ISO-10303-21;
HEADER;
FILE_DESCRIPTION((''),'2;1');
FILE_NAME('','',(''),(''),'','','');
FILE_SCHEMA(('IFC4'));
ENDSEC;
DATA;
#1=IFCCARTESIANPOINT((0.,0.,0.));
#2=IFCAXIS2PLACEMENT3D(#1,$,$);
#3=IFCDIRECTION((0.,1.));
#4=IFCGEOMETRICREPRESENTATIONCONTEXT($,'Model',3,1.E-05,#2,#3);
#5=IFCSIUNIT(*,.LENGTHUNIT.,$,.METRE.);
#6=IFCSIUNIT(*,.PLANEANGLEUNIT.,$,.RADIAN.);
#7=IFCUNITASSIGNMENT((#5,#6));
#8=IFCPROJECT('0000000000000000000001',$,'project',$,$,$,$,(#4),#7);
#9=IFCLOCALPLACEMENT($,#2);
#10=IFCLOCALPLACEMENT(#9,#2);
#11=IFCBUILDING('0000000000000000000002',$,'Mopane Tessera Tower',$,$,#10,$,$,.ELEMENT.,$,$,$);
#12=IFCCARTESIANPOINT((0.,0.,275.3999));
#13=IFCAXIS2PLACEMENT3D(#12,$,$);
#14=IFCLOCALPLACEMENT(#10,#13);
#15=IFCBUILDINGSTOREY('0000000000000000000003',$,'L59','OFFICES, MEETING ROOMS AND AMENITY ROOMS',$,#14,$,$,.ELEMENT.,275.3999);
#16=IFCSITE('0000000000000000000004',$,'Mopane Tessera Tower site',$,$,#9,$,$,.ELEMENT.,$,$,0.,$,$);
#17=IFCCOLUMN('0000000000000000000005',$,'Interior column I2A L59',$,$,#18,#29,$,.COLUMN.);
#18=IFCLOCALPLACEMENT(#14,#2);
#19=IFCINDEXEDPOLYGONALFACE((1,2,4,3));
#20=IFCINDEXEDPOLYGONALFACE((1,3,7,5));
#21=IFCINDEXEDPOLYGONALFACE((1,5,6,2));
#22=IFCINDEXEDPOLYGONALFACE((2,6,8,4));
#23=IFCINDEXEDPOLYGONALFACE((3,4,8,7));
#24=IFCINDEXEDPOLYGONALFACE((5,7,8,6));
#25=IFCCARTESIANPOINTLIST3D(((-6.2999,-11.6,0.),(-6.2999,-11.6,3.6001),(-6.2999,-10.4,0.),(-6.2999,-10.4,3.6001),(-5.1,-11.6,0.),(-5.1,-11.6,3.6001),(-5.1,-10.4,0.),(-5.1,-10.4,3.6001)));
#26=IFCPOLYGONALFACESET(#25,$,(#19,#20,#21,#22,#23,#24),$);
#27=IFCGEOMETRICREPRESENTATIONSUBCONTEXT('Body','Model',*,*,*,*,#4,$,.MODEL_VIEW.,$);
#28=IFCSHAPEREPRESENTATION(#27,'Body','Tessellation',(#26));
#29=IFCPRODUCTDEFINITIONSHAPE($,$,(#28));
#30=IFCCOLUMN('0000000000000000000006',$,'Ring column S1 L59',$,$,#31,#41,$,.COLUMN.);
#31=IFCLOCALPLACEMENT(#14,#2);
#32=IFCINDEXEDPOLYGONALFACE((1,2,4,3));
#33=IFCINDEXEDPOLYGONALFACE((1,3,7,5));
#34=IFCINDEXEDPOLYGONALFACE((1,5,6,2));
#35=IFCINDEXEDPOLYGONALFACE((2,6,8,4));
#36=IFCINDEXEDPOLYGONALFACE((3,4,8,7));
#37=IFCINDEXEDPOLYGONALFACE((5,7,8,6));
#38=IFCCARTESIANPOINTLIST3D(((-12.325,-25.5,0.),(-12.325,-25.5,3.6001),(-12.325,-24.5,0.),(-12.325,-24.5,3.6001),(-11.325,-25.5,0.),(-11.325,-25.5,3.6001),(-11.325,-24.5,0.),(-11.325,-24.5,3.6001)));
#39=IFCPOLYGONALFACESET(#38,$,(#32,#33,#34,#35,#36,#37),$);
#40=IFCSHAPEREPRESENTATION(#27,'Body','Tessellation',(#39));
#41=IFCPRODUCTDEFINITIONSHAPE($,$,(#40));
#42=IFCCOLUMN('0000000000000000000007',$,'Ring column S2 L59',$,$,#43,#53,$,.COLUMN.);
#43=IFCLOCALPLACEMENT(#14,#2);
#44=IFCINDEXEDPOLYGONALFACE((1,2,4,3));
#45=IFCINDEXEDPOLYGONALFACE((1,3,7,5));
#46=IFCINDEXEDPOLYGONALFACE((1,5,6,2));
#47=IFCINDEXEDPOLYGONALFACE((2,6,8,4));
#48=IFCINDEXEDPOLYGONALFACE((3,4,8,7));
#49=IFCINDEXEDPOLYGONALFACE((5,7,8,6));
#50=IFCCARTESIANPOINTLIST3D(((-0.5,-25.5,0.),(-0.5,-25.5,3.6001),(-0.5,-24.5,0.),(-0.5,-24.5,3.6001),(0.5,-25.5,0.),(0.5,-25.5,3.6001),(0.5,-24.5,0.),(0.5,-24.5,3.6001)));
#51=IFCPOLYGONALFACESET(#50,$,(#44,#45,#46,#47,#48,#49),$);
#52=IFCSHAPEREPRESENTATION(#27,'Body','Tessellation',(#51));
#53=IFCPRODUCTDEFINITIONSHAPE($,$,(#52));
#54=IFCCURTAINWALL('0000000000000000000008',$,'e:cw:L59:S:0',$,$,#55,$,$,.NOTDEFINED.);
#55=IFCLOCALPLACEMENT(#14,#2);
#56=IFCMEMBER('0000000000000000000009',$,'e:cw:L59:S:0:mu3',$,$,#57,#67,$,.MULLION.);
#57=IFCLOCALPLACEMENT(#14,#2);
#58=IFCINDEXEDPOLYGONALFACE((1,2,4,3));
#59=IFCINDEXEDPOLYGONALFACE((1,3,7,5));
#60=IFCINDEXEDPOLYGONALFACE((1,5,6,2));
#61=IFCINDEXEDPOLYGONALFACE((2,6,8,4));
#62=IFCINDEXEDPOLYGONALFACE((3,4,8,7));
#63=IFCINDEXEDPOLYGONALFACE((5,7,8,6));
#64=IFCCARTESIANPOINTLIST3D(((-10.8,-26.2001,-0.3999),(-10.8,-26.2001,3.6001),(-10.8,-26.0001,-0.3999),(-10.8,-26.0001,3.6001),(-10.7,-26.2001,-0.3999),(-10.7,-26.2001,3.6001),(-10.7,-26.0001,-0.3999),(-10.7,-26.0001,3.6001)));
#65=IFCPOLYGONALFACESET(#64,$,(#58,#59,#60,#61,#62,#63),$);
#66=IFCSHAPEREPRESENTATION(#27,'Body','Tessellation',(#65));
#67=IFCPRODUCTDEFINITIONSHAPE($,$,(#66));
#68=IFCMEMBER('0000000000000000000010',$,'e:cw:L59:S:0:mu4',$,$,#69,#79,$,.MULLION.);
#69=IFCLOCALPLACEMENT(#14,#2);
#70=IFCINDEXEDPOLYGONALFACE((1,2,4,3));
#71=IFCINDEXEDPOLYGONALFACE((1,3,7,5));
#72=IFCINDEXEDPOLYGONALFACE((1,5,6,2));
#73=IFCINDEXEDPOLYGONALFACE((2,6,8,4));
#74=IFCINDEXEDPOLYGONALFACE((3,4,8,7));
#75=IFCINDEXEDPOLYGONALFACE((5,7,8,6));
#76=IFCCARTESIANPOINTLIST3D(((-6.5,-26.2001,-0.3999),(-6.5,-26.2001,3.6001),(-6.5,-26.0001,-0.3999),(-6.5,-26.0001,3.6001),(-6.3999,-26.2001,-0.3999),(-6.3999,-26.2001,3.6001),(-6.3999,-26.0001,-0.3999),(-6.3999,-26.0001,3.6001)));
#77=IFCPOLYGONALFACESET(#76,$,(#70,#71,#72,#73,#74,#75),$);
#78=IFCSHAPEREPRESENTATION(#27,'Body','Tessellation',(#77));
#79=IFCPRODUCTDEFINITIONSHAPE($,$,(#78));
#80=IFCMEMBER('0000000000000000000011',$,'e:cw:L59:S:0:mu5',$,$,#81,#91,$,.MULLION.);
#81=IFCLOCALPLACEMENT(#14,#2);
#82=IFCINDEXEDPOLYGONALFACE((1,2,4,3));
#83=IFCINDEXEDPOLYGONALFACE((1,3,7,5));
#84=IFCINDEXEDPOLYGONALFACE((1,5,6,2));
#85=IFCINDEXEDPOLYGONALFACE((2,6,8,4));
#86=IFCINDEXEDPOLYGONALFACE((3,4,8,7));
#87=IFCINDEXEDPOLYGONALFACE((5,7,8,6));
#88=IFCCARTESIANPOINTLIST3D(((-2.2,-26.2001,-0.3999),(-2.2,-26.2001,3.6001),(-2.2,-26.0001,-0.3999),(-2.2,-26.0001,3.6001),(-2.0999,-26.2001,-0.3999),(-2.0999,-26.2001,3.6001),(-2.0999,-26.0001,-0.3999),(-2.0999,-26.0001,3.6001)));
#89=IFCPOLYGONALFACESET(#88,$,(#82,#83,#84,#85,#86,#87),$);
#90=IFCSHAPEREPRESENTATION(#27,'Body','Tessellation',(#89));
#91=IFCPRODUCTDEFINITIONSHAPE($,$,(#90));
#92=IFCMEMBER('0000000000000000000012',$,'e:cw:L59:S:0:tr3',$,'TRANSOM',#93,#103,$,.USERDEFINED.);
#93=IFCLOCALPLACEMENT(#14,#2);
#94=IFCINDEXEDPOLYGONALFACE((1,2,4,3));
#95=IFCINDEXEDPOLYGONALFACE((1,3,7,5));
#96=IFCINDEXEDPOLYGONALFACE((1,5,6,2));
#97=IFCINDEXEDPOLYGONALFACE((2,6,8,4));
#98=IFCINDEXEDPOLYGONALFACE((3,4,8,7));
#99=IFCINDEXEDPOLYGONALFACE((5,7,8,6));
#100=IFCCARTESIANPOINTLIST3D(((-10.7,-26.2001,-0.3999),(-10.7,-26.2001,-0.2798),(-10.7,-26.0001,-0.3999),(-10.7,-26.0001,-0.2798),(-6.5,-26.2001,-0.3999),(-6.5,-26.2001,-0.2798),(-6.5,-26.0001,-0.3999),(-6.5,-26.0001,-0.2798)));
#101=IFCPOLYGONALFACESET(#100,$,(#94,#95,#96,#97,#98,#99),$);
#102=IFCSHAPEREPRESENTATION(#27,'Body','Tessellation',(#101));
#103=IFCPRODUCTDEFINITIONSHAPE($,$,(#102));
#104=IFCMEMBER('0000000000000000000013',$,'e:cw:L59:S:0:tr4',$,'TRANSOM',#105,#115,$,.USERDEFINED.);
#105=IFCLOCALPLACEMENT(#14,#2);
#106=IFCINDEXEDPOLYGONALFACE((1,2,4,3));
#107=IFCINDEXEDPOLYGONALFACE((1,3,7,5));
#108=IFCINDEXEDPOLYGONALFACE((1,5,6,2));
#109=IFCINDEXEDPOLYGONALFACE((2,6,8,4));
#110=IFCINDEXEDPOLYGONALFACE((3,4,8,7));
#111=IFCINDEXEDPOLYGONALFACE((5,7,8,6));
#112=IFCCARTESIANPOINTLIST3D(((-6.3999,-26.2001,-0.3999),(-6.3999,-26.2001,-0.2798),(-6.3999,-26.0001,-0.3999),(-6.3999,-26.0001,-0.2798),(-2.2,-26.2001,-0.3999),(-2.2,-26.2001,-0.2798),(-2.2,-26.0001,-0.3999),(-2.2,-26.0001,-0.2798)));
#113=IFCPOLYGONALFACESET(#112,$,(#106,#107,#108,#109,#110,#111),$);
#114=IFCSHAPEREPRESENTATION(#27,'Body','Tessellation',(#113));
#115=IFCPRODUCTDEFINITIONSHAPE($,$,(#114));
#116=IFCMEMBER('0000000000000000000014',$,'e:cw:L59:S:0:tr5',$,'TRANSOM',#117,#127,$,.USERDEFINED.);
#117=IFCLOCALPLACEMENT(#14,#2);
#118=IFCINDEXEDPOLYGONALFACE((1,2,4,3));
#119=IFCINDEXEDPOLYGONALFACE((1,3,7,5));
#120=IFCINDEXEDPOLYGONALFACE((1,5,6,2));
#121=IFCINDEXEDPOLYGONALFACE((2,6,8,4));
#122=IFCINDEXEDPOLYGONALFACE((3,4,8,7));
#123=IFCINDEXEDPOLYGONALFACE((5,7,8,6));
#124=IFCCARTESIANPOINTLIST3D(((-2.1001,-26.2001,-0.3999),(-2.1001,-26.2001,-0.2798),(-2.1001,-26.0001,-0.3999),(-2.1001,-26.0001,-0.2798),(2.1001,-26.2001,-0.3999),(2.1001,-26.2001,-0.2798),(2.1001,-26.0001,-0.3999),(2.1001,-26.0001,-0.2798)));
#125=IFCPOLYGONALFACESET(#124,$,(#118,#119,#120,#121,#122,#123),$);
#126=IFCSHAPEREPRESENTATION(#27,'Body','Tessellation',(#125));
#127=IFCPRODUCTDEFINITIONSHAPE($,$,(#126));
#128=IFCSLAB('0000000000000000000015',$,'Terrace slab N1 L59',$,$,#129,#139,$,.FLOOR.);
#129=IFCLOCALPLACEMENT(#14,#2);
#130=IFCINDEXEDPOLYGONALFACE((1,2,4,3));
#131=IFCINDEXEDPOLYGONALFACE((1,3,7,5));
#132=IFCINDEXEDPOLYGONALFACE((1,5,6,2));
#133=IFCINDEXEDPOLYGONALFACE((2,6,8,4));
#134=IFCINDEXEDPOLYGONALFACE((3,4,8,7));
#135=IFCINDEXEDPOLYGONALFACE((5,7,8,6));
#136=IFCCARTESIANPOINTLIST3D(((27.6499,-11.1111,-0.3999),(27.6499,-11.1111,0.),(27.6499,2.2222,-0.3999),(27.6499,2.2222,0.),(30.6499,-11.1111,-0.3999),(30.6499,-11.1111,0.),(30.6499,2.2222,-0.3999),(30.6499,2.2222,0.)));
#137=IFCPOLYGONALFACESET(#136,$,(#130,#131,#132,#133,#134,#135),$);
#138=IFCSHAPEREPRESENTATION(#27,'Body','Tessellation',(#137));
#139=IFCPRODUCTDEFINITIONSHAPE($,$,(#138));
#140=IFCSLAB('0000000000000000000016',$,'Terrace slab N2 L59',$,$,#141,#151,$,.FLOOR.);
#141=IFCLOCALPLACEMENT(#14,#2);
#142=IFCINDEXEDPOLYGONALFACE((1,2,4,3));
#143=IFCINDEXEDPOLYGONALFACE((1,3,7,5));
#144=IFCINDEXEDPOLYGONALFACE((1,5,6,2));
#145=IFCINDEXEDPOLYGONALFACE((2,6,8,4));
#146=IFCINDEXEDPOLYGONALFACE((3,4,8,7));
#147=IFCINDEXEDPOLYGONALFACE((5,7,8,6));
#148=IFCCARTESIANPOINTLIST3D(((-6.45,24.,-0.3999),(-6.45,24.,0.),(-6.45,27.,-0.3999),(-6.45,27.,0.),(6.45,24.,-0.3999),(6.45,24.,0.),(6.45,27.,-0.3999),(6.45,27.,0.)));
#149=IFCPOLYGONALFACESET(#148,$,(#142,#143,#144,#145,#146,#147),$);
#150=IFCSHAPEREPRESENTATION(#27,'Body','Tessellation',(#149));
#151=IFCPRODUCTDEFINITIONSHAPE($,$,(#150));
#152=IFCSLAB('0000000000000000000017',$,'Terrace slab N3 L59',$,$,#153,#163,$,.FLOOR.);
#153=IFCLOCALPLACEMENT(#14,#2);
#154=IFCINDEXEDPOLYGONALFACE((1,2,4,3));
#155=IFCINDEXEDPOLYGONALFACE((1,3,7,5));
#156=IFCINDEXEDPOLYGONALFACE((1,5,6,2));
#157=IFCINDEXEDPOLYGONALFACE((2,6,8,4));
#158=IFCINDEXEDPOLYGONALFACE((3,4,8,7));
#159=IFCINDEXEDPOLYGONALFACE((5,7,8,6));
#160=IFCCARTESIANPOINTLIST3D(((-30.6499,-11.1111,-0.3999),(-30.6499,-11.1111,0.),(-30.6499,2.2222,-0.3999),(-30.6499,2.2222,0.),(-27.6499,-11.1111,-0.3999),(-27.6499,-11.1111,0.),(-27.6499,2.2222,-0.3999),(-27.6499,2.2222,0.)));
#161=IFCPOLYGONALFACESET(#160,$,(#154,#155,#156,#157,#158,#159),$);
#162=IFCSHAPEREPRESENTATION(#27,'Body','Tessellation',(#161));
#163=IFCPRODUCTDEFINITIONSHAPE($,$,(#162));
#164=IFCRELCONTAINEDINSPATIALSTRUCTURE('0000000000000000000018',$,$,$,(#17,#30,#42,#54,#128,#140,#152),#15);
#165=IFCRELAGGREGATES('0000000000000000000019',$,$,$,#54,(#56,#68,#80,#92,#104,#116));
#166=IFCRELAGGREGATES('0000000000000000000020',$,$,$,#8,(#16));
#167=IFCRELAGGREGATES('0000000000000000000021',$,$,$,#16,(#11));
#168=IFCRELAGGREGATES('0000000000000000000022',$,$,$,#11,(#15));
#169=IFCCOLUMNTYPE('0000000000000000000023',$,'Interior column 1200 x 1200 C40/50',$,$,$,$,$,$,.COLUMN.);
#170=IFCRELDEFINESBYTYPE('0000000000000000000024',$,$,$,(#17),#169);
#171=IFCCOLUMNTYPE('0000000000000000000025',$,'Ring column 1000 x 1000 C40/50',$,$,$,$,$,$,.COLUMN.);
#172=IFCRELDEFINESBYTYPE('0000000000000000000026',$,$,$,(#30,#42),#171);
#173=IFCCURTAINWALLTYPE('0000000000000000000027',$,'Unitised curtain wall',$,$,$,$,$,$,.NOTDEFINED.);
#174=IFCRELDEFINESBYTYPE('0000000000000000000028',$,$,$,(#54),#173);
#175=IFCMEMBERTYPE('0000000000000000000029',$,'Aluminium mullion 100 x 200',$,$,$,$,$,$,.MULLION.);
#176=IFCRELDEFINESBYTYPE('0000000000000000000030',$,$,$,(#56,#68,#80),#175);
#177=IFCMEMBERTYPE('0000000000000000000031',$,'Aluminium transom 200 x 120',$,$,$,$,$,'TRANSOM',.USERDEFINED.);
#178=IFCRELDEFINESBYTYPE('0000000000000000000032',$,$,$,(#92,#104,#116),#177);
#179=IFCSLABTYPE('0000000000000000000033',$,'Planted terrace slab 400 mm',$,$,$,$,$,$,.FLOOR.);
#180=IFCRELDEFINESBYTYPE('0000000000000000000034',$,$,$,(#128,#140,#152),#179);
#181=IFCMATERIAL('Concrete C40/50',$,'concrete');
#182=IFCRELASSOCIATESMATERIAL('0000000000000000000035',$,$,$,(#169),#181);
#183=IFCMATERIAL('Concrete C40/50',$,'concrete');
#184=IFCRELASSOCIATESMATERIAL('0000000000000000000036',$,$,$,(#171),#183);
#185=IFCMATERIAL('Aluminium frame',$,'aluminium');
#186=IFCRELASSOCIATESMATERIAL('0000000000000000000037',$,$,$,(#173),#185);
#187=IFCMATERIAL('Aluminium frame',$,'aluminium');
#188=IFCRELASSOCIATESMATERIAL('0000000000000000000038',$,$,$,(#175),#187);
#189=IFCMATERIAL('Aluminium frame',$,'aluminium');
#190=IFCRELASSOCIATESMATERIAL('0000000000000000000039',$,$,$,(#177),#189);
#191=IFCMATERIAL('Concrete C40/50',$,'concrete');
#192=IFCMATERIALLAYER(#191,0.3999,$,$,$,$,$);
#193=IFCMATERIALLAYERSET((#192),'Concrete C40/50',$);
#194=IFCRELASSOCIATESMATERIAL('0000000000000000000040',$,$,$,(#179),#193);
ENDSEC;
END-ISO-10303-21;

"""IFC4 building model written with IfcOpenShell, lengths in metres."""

from ifc_helpers import new_model, si_unit, direction, frame, origin, origin_2d, place, context, subcontext, project, spatial, polyline, rectangle, outline, extrude, material, layer, layer_set, material_profile, profile_set, type_object, element, aggregate, save


model = new_model("IFC4")

# Units and contexts
model_context = context("Model", 3, precision=1e-05, world=origin(), true_north=direction((0.0, 1.0)))
body_context = subcontext(model_context, "Body", "Model", "MODEL_VIEW")
ifc_project = project(units=[si_unit("LENGTHUNIT", "METRE"), si_unit("PLANEANGLEUNIT", "RADIAN")], contexts=[model_context])

# Site, building, storey
site_placement = place(None, origin())
site = spatial("IfcSite", under=ifc_project, at=site_placement, Name="Mopane Tessera Tower site", CompositionType="ELEMENT", RefElevation=0.0)
building_placement = place(site_placement, origin())
building = spatial("IfcBuilding", under=site, at=building_placement, Name="Mopane Tessera Tower", CompositionType="ELEMENT")
storey_placement = place(building_placement, frame((0.0, 0.0, 275.3999)))
storey = spatial("IfcBuildingStorey", under=building, at=storey_placement, Name="L59", Description="OFFICES, MEETING ROOMS AND AMENITY ROOMS", CompositionType="ELEMENT", Elevation=275.3999)

# Columns
ifc_material_1 = material(Name="Concrete C40/50", Category="concrete")
ifc_material_profile_1 = material_profile(ifc_material_1, rectangle(XDim=1.2, YDim=1.2, at=origin_2d()))
ifc_profile_set_1 = profile_set([ifc_material_profile_1], Name="Concrete C40/50")
column_type_1 = type_object("IfcColumnType", Name="Interior column 1200 x 1200 C40/50", PredefinedType="COLUMN", material=ifc_profile_set_1)
column_placement = place(storey_placement, frame((-5.7, -11.0, 0.0), z_axis=(0.0, 0.0, 1.0), x_axis=(1.0, 0.0, 0.0)))
element("IfcColumn", 1, at=column_placement, inside=storey, type_object=column_type_1, Name="Interior column I2A L59", PredefinedType="COLUMN", context=body_context, shape_type="SweptSolid", body=[
    extrude(rectangle(XDim=1.2, YDim=1.2, at=origin_2d()), origin(), (0.0, 0.0, 1.0), 3.6001),
])
ifc_material_2 = material(Name="Concrete C40/50", Category="concrete")
ifc_material_profile_2 = material_profile(ifc_material_2, rectangle(XDim=1.0, YDim=1.0, at=origin_2d()))
ifc_profile_set_2 = profile_set([ifc_material_profile_2], Name="Concrete C40/50")
column_type_2 = type_object("IfcColumnType", Name="Ring column 1000 x 1000 C40/50", PredefinedType="COLUMN", material=ifc_profile_set_2)
for number, where, z_axis, x_axis, name in (
    (2, (-11.825, -25.0, 0.0), (0.0, 0.0, 1.0), (1.0, 0.0, 0.0), "Ring column S1 L59"),
    (3, (0.0, -25.0, 0.0), (0.0, 0.0, 1.0), (1.0, 0.0, 0.0), "Ring column S2 L59"),
):
    element("IfcColumn", number, at=place(storey_placement, frame(where, z_axis=z_axis, x_axis=x_axis)), inside=storey, type_object=column_type_2, Name=name, PredefinedType="COLUMN", context=body_context, shape_type="SweptSolid", body=[
        extrude(rectangle(XDim=1.0, YDim=1.0, at=origin_2d()), origin(), (0.0, 0.0, 1.0), 3.6001),
    ])

# Curtain wall, members
ifc_material_3 = material(Name="Aluminium frame", Category="aluminium")
curtain_wall_type = type_object("IfcCurtainWallType", Name="Unitised curtain wall", PredefinedType="NOTDEFINED", material=ifc_material_3)
curtain_wall_placement = place(storey_placement, origin())
curtain_wall = element("IfcCurtainWall", 4, at=curtain_wall_placement, inside=storey, type_object=curtain_wall_type, Name="e:cw:L59:S:0", PredefinedType="NOTDEFINED")
ifc_material_4 = material(Name="Aluminium frame", Category="aluminium")
ifc_material_profile_3 = material_profile(ifc_material_4, rectangle(XDim=0.1001, YDim=0.2, at=origin_2d()))
ifc_profile_set_3 = profile_set([ifc_material_profile_3], Name="Aluminium frame")
member_type_1 = type_object("IfcMemberType", Name="Aluminium mullion 100 x 200", PredefinedType="MULLION", material=ifc_profile_set_3)
member_1_placement = place(storey_placement, frame((-10.75, -26.1001, -0.3999), z_axis=(0.0, 0.0, 1.0), x_axis=(1.0, 0.0, 0.0)))
member_1 = element("IfcMember", 5, at=member_1_placement, type_object=member_type_1, Name="e:cw:L59:S:0:mu3", PredefinedType="MULLION", context=body_context, shape_type="SweptSolid", body=[
    extrude(rectangle(XDim=0.1001, YDim=0.2, at=origin_2d()), origin(), (0.0, 0.0, 1.0), 4.0),
])
member_2_placement = place(storey_placement, frame((-6.45, -26.1001, -0.3999), z_axis=(0.0, 0.0, 1.0), x_axis=(1.0, 0.0, 0.0)))
member_2 = element("IfcMember", 6, at=member_2_placement, type_object=member_type_1, Name="e:cw:L59:S:0:mu4", PredefinedType="MULLION", context=body_context, shape_type="SweptSolid", body=[
    extrude(rectangle(XDim=0.1001, YDim=0.2, at=origin_2d()), origin(), (0.0, 0.0, 1.0), 4.0),
])
member_3_placement = place(storey_placement, frame((-2.1499, -26.1001, -0.3999), z_axis=(0.0, 0.0, 1.0), x_axis=(1.0, 0.0, 0.0)))
member_3 = element("IfcMember", 7, at=member_3_placement, type_object=member_type_1, Name="e:cw:L59:S:0:mu5", PredefinedType="MULLION", context=body_context, shape_type="SweptSolid", body=[
    extrude(rectangle(XDim=0.1001, YDim=0.2, at=origin_2d()), origin(), (0.0, 0.0, 1.0), 4.0),
])
ifc_material_5 = material(Name="Aluminium frame", Category="aluminium")
ifc_material_profile_4 = material_profile(ifc_material_5, rectangle(XDim=0.2, YDim=0.1201, at=origin_2d()))
ifc_profile_set_4 = profile_set([ifc_material_profile_4], Name="Aluminium frame")
member_type_2 = type_object("IfcMemberType", Name="Aluminium transom 200 x 120", ElementType="TRANSOM", PredefinedType="USERDEFINED", material=ifc_profile_set_4)
member_4_placement = place(storey_placement, frame((-10.7, -26.1001, -0.3398), z_axis=(1.0, 0.0, 0.0), x_axis=(0.0, 1.0, 0.0)))
member_4 = element("IfcMember", 8, at=member_4_placement, type_object=member_type_2, Name="e:cw:L59:S:0:tr3", ObjectType="TRANSOM", PredefinedType="USERDEFINED", context=body_context, shape_type="SweptSolid", body=[
    extrude(rectangle(XDim=0.2, YDim=0.1201, at=origin_2d()), origin(), (0.0, 0.0, 1.0), 4.2),
])
member_5_placement = place(storey_placement, frame((-6.3999, -26.1001, -0.3398), z_axis=(1.0, 0.0, 0.0), x_axis=(0.0, 1.0, 0.0)))
member_5 = element("IfcMember", 9, at=member_5_placement, type_object=member_type_2, Name="e:cw:L59:S:0:tr4", ObjectType="TRANSOM", PredefinedType="USERDEFINED", context=body_context, shape_type="SweptSolid", body=[
    extrude(rectangle(XDim=0.2, YDim=0.1201, at=origin_2d()), origin(), (0.0, 0.0, 1.0), 4.2),
])
member_6_placement = place(storey_placement, frame((-2.1001, -26.1001, -0.3398), z_axis=(1.0, 0.0, 0.0), x_axis=(0.0, 1.0, 0.0)))
member_6 = element("IfcMember", 10, at=member_6_placement, type_object=member_type_2, Name="e:cw:L59:S:0:tr5", ObjectType="TRANSOM", PredefinedType="USERDEFINED", context=body_context, shape_type="SweptSolid", body=[
    extrude(rectangle(XDim=0.2, YDim=0.1201, at=origin_2d()), origin(), (0.0, 0.0, 1.0), 4.2002),
])

# Slabs
ifc_material_6 = material(Name="Concrete C40/50", Category="concrete")
ifc_layer_1 = layer(ifc_material_6, 0.3999)
ifc_layer_set_1 = layer_set([ifc_layer_1], Name="Concrete C40/50")
slab_type_1 = type_object("IfcSlabType", Name="Planted terrace slab 400 mm", PredefinedType="FLOOR", material=ifc_layer_set_1)
slab_1_placement = place(storey_placement, frame((0.0, 0.0, -0.3999)))
element("IfcSlab", 11, at=slab_1_placement, inside=storey, type_object=slab_type_1, Name="Terrace slab N1 L59", PredefinedType="FLOOR", context=body_context, shape_type="SweptSolid", body=[
    extrude(outline(polyline([(30.6499, 2.2222), (27.6499, 2.2222), (27.6499, -11.1111), (30.6499, -11.1111), (30.6499, 2.2222)])), origin(), (0.0, 0.0, 1.0), 0.3999),
])
slab_2_placement = place(storey_placement, frame((0.0, 0.0, -0.3999)))
element("IfcSlab", 12, at=slab_2_placement, inside=storey, type_object=slab_type_1, Name="Terrace slab N2 L59", PredefinedType="FLOOR", context=body_context, shape_type="SweptSolid", body=[
    extrude(outline(polyline([(-6.45, 27.0), (-6.45, 24.0), (6.45, 24.0), (6.45, 27.0), (-6.45, 27.0)])), origin(), (0.0, 0.0, 1.0), 0.3999),
])
slab_3_placement = place(storey_placement, frame((0.0, 0.0, -0.3999)))
element("IfcSlab", 13, at=slab_3_placement, inside=storey, type_object=slab_type_1, Name="Terrace slab N3 L59", PredefinedType="FLOOR", context=body_context, shape_type="SweptSolid", body=[
    extrude(outline(polyline([(-30.6499, -11.1111), (-27.6499, -11.1111), (-27.6499, 2.2222), (-30.6499, 2.2222), (-30.6499, -11.1111)])), origin(), (0.0, 0.0, 1.0), 0.3999),
])

aggregate(curtain_wall, [member_1, member_2, member_3, member_4, member_5, member_6])

save(model, "model.ifc")
